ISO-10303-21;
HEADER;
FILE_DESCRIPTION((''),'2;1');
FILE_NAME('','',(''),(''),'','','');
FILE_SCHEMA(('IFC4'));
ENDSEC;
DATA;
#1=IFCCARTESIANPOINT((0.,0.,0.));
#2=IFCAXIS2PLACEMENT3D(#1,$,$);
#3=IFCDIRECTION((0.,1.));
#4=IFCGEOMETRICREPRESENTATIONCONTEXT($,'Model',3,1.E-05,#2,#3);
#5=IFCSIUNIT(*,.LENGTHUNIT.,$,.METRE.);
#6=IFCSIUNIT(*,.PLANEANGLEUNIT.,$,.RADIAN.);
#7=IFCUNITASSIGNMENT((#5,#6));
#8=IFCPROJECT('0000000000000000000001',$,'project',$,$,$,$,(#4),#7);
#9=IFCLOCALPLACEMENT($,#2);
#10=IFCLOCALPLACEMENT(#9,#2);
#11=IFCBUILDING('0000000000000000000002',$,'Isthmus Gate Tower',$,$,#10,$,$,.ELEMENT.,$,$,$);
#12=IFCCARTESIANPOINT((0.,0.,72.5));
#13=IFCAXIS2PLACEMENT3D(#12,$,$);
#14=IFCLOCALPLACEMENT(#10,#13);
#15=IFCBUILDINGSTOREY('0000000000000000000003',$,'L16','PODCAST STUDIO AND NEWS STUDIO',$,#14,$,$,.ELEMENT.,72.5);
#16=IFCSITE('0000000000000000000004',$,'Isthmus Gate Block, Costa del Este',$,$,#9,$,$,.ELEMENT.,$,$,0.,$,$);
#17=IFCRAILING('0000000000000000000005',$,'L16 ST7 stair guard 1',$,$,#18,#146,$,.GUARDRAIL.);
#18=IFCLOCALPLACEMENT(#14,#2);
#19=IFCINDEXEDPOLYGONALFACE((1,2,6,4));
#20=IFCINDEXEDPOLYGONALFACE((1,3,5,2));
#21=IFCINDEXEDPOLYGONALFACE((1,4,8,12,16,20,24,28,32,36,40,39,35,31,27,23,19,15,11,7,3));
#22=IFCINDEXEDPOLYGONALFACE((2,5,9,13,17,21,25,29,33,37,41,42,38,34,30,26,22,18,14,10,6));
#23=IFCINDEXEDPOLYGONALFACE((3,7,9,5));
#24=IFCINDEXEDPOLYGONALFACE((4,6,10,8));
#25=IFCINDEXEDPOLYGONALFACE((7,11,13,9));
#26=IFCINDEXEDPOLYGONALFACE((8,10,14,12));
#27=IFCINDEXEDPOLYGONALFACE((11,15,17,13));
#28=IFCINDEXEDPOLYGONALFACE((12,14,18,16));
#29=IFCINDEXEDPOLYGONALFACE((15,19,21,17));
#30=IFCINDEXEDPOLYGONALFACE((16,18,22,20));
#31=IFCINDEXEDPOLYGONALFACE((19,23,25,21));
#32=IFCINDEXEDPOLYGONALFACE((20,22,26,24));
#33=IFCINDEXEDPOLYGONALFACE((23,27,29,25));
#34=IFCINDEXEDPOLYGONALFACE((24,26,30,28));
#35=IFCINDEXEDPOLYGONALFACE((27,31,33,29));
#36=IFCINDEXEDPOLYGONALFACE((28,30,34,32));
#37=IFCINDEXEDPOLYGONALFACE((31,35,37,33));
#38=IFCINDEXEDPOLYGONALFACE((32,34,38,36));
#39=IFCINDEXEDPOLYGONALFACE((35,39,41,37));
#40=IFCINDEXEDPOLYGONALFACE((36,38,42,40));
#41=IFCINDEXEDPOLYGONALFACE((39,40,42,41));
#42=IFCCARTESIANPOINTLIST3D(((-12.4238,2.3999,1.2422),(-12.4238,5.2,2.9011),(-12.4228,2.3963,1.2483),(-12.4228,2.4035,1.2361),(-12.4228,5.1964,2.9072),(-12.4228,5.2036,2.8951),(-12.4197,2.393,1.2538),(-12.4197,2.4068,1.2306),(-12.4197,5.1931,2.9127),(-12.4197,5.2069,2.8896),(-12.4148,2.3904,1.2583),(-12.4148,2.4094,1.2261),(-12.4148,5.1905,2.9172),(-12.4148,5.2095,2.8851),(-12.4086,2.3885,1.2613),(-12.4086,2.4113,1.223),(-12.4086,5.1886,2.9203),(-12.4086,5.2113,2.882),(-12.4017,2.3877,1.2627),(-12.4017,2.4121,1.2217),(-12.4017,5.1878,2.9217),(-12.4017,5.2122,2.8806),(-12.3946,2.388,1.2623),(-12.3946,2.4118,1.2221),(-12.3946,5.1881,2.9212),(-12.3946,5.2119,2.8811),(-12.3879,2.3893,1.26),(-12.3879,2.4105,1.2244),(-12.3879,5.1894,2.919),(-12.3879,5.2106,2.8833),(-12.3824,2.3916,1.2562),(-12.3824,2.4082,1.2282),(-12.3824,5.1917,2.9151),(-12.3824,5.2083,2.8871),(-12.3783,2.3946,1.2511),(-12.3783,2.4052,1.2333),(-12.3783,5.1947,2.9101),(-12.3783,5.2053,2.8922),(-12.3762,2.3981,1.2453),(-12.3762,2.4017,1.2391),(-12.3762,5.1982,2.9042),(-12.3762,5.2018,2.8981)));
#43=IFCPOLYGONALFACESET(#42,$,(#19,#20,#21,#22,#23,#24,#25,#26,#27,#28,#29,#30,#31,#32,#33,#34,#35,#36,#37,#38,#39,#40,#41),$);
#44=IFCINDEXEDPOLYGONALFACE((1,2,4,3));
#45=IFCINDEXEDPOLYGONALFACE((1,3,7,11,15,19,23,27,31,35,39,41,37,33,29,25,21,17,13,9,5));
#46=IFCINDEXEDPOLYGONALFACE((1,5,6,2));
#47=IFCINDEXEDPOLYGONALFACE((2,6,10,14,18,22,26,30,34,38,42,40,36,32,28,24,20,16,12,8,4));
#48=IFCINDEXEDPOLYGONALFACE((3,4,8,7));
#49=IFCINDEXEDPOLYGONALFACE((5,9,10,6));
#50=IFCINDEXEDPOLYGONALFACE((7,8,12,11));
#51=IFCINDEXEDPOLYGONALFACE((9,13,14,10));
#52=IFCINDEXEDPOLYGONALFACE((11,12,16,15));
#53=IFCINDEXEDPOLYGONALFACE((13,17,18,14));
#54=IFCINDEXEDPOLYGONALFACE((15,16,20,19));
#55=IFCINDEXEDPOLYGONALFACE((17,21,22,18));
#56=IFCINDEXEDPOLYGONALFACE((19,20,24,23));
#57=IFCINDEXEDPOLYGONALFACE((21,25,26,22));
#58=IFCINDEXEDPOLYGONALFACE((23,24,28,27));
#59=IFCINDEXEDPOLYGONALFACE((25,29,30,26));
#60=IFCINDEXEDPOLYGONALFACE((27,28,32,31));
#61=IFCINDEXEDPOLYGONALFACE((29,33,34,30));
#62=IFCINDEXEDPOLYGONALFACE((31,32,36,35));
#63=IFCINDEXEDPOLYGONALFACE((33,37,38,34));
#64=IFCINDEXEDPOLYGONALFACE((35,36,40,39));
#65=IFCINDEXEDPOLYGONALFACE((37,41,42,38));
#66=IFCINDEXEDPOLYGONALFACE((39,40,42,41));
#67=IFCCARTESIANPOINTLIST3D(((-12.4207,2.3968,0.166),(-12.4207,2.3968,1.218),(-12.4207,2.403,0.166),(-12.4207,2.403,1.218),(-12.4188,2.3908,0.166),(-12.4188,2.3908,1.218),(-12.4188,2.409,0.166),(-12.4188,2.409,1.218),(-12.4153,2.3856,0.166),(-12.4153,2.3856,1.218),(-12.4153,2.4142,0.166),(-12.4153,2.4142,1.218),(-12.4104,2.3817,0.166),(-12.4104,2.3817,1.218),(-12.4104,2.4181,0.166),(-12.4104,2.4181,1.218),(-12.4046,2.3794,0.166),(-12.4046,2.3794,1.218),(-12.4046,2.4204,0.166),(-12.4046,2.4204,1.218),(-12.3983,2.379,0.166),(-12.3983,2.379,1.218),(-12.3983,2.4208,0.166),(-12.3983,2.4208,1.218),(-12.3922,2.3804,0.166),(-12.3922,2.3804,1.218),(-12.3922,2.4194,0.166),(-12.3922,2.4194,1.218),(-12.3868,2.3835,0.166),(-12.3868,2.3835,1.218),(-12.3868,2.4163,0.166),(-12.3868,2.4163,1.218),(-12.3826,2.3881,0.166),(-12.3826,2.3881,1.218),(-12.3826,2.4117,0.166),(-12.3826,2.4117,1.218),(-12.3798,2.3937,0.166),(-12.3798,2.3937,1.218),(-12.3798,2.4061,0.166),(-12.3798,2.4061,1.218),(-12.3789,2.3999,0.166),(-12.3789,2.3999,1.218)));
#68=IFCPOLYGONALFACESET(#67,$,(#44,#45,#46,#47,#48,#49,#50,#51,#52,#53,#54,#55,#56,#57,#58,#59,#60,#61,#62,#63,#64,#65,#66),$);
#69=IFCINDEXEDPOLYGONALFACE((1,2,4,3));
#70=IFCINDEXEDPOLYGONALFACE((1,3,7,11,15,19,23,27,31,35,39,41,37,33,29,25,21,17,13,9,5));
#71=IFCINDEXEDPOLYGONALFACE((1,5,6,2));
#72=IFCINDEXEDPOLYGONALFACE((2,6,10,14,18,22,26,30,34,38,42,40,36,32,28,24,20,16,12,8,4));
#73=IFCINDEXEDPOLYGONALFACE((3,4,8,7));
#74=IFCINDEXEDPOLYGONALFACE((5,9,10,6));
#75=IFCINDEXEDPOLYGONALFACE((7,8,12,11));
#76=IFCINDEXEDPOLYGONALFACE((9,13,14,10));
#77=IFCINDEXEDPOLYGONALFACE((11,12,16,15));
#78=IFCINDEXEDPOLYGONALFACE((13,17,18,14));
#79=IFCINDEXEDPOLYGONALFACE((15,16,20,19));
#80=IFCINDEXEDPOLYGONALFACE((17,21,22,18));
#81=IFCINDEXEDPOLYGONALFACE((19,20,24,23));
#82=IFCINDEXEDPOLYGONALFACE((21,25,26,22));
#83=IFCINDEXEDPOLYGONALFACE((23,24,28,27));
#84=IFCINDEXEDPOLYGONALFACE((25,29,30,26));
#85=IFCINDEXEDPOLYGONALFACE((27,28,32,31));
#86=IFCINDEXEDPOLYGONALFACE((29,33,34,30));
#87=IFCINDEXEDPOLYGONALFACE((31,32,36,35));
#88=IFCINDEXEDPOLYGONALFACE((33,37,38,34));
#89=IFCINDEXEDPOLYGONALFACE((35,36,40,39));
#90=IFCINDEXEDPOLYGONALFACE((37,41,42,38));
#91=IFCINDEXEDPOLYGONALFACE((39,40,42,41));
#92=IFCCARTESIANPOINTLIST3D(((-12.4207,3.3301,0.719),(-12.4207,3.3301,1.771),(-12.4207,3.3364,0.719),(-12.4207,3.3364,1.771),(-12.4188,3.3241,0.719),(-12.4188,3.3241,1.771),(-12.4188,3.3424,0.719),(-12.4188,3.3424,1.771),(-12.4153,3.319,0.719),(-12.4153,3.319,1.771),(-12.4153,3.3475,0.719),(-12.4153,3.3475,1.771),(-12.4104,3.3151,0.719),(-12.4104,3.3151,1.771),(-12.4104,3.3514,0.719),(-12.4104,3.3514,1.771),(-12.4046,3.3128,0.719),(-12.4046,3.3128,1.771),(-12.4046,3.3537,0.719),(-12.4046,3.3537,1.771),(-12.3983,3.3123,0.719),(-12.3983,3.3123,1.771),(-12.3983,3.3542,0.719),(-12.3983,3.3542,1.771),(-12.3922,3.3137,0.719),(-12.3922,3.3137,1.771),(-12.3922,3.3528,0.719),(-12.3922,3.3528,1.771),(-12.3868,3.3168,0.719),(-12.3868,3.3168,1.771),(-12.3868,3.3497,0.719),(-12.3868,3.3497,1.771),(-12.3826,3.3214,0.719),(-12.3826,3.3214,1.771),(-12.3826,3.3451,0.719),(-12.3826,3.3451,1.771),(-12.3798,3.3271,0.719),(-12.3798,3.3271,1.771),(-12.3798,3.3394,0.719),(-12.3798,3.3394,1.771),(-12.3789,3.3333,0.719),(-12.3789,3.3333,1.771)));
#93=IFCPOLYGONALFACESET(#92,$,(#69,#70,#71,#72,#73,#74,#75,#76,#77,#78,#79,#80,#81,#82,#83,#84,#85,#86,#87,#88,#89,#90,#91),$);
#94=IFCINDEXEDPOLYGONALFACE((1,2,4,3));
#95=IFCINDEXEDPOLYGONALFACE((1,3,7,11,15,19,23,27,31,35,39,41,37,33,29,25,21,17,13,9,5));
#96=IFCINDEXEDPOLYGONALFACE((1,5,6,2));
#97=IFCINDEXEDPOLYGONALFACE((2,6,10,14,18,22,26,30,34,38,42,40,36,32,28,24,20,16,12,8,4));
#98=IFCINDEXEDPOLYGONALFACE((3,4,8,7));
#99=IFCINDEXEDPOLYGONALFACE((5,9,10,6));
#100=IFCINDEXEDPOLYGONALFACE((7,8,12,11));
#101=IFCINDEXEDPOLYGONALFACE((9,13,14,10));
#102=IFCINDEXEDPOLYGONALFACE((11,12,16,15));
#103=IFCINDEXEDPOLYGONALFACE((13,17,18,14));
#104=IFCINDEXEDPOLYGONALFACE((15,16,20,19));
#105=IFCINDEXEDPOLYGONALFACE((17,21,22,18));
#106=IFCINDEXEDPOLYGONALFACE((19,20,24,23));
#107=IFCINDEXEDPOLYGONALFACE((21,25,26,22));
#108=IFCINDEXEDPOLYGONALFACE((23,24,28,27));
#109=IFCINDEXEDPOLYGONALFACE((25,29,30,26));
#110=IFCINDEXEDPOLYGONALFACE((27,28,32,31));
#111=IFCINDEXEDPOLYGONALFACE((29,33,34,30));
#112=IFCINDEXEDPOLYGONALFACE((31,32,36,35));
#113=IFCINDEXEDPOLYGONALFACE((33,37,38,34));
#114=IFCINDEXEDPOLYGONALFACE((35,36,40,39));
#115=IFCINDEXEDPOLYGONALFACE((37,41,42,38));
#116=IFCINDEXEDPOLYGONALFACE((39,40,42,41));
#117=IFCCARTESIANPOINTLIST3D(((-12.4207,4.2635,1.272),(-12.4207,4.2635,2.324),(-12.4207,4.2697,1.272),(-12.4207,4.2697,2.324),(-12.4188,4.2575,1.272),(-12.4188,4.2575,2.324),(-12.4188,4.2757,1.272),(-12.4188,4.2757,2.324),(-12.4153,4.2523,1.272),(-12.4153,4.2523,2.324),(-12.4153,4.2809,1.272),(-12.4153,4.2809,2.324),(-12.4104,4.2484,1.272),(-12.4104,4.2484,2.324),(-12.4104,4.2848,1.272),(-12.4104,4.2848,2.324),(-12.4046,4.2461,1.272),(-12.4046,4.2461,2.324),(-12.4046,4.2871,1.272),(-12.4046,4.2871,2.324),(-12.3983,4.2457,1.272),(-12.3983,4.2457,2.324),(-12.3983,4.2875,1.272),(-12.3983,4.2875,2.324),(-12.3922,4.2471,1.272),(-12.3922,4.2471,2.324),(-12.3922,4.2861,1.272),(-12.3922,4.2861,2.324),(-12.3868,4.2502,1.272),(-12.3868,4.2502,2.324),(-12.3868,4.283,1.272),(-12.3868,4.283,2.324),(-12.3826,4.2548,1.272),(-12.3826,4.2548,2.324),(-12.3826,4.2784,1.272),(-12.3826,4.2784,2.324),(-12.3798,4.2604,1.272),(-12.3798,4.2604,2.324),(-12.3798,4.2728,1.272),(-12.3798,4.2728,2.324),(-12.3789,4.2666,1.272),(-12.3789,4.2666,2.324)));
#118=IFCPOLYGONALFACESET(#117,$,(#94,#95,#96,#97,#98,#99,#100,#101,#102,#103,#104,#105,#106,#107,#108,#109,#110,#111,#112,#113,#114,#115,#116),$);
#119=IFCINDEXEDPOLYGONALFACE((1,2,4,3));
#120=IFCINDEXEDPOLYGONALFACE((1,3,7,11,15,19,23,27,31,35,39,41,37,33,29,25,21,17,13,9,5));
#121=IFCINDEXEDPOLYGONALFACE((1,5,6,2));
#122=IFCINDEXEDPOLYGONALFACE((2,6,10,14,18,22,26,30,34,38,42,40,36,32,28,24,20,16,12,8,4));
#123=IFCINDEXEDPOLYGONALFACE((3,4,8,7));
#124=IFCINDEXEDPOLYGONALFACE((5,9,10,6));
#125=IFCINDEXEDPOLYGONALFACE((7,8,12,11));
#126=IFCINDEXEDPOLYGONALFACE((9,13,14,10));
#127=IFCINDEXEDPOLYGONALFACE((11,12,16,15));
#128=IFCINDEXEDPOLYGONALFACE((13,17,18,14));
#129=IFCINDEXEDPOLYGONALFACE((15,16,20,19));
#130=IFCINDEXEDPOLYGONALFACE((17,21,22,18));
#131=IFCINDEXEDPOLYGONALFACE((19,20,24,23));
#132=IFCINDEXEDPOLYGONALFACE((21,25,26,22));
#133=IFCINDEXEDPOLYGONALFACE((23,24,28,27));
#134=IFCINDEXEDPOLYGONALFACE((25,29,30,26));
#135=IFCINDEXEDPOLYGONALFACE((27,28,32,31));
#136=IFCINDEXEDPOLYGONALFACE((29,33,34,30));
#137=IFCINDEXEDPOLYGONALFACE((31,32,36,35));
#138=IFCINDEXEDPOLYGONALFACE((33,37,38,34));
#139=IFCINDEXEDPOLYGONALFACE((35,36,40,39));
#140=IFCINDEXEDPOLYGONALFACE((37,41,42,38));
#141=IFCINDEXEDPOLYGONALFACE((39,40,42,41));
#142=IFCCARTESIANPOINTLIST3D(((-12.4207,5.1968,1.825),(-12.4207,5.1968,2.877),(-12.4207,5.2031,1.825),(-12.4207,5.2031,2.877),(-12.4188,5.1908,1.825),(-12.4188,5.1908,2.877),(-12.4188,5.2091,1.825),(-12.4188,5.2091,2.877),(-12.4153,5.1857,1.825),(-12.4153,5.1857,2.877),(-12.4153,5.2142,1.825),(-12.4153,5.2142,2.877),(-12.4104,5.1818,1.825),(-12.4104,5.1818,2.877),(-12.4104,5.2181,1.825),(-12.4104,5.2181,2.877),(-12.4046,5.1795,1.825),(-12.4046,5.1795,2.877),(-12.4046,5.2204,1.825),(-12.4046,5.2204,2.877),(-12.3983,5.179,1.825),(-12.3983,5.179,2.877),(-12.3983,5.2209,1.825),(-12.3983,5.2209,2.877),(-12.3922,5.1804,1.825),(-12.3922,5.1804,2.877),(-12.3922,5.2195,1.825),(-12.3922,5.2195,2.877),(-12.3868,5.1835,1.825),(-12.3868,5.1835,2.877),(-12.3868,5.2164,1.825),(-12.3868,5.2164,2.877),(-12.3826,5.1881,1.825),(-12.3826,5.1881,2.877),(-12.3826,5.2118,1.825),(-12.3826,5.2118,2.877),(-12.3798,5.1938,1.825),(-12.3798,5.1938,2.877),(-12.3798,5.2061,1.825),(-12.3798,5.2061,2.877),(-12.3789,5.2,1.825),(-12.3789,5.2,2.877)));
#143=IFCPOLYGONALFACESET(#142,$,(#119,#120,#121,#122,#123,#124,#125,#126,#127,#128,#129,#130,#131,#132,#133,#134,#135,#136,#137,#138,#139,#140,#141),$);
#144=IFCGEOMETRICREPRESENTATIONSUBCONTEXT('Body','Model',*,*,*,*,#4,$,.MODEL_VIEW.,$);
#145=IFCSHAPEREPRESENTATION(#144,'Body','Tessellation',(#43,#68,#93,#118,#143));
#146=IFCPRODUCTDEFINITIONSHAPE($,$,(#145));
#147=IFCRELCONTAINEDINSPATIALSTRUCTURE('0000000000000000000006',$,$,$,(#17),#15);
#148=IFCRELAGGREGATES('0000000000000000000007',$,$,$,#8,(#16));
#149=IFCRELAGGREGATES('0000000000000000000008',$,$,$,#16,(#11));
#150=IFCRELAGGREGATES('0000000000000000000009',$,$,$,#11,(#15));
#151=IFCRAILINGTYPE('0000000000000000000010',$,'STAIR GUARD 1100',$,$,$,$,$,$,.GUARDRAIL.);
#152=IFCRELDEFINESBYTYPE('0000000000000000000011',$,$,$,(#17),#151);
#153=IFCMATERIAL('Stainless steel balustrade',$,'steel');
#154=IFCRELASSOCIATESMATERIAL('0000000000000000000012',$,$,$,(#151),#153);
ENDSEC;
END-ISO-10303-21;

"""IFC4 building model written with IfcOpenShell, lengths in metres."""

from ifc_helpers import new_model, si_unit, direction, frame, origin, origin_2d, place, context, subcontext, project, spatial, circle, extrude, material, type_object, element, save


model = new_model("IFC4")

# Units and contexts
model_context = context("Model", 3, precision=1e-05, world=origin(), true_north=direction((0.0, 1.0)))
body_context = subcontext(model_context, "Body", "Model", "MODEL_VIEW")
ifc_project = project(units=[si_unit("LENGTHUNIT", "METRE"), si_unit("PLANEANGLEUNIT", "RADIAN")], contexts=[model_context])

# Site, building, storey
site_placement = place(None, origin())
site = spatial("IfcSite", under=ifc_project, at=site_placement, Name="Isthmus Gate Block, Costa del Este", CompositionType="ELEMENT", RefElevation=0.0)
building_placement = place(site_placement, origin())
building = spatial("IfcBuilding", under=site, at=building_placement, Name="Isthmus Gate Tower", CompositionType="ELEMENT")
storey_placement = place(building_placement, frame((0.0, 0.0, 72.5)))
storey = spatial("IfcBuildingStorey", under=building, at=storey_placement, Name="L16", Description="PODCAST STUDIO AND NEWS STUDIO", CompositionType="ELEMENT", Elevation=72.5)

# Railing
ifc_material_1 = material(Name="Stainless steel balustrade", Category="steel")
railing_type_1 = type_object("IfcRailingType", Name="STAIR GUARD 1100", PredefinedType="GUARDRAIL", material=ifc_material_1)
railing_1_placement = place(storey_placement, frame((-12.3999, 2.3999, 0.166)))
element("IfcRailing", 1, at=railing_1_placement, inside=storey, type_object=railing_type_1, Name="L16 ST7 stair guard 1", PredefinedType="GUARDRAIL", context=body_context, shape_type="SweptSolid", body=[
    extrude(circle(Radius=0.0239, at=origin_2d()), frame((0.0, 0.0, 1.0762), z_axis=(0.0, 0.860339, 0.509722), x_axis=(-1.0, 0.0, 0.0)), (0.0, 0.0, 1.0), 3.2546),
    extrude(circle(Radius=0.021, at=origin_2d()), origin(), (0.0, 0.0, 1.0), 1.052),
    extrude(circle(Radius=0.021, at=origin_2d()), frame((0.0, 0.9333, 0.553)), (0.0, 0.0, 1.0), 1.052),
    extrude(circle(Radius=0.021, at=origin_2d()), frame((0.0, 1.8667, 1.106)), (0.0, 0.0, 1.0), 1.052),
    extrude(circle(Radius=0.021, at=origin_2d()), frame((0.0, 2.8, 1.6589)), (0.0, 0.0, 1.0), 1.052),
])

save(model, "model.ifc")
